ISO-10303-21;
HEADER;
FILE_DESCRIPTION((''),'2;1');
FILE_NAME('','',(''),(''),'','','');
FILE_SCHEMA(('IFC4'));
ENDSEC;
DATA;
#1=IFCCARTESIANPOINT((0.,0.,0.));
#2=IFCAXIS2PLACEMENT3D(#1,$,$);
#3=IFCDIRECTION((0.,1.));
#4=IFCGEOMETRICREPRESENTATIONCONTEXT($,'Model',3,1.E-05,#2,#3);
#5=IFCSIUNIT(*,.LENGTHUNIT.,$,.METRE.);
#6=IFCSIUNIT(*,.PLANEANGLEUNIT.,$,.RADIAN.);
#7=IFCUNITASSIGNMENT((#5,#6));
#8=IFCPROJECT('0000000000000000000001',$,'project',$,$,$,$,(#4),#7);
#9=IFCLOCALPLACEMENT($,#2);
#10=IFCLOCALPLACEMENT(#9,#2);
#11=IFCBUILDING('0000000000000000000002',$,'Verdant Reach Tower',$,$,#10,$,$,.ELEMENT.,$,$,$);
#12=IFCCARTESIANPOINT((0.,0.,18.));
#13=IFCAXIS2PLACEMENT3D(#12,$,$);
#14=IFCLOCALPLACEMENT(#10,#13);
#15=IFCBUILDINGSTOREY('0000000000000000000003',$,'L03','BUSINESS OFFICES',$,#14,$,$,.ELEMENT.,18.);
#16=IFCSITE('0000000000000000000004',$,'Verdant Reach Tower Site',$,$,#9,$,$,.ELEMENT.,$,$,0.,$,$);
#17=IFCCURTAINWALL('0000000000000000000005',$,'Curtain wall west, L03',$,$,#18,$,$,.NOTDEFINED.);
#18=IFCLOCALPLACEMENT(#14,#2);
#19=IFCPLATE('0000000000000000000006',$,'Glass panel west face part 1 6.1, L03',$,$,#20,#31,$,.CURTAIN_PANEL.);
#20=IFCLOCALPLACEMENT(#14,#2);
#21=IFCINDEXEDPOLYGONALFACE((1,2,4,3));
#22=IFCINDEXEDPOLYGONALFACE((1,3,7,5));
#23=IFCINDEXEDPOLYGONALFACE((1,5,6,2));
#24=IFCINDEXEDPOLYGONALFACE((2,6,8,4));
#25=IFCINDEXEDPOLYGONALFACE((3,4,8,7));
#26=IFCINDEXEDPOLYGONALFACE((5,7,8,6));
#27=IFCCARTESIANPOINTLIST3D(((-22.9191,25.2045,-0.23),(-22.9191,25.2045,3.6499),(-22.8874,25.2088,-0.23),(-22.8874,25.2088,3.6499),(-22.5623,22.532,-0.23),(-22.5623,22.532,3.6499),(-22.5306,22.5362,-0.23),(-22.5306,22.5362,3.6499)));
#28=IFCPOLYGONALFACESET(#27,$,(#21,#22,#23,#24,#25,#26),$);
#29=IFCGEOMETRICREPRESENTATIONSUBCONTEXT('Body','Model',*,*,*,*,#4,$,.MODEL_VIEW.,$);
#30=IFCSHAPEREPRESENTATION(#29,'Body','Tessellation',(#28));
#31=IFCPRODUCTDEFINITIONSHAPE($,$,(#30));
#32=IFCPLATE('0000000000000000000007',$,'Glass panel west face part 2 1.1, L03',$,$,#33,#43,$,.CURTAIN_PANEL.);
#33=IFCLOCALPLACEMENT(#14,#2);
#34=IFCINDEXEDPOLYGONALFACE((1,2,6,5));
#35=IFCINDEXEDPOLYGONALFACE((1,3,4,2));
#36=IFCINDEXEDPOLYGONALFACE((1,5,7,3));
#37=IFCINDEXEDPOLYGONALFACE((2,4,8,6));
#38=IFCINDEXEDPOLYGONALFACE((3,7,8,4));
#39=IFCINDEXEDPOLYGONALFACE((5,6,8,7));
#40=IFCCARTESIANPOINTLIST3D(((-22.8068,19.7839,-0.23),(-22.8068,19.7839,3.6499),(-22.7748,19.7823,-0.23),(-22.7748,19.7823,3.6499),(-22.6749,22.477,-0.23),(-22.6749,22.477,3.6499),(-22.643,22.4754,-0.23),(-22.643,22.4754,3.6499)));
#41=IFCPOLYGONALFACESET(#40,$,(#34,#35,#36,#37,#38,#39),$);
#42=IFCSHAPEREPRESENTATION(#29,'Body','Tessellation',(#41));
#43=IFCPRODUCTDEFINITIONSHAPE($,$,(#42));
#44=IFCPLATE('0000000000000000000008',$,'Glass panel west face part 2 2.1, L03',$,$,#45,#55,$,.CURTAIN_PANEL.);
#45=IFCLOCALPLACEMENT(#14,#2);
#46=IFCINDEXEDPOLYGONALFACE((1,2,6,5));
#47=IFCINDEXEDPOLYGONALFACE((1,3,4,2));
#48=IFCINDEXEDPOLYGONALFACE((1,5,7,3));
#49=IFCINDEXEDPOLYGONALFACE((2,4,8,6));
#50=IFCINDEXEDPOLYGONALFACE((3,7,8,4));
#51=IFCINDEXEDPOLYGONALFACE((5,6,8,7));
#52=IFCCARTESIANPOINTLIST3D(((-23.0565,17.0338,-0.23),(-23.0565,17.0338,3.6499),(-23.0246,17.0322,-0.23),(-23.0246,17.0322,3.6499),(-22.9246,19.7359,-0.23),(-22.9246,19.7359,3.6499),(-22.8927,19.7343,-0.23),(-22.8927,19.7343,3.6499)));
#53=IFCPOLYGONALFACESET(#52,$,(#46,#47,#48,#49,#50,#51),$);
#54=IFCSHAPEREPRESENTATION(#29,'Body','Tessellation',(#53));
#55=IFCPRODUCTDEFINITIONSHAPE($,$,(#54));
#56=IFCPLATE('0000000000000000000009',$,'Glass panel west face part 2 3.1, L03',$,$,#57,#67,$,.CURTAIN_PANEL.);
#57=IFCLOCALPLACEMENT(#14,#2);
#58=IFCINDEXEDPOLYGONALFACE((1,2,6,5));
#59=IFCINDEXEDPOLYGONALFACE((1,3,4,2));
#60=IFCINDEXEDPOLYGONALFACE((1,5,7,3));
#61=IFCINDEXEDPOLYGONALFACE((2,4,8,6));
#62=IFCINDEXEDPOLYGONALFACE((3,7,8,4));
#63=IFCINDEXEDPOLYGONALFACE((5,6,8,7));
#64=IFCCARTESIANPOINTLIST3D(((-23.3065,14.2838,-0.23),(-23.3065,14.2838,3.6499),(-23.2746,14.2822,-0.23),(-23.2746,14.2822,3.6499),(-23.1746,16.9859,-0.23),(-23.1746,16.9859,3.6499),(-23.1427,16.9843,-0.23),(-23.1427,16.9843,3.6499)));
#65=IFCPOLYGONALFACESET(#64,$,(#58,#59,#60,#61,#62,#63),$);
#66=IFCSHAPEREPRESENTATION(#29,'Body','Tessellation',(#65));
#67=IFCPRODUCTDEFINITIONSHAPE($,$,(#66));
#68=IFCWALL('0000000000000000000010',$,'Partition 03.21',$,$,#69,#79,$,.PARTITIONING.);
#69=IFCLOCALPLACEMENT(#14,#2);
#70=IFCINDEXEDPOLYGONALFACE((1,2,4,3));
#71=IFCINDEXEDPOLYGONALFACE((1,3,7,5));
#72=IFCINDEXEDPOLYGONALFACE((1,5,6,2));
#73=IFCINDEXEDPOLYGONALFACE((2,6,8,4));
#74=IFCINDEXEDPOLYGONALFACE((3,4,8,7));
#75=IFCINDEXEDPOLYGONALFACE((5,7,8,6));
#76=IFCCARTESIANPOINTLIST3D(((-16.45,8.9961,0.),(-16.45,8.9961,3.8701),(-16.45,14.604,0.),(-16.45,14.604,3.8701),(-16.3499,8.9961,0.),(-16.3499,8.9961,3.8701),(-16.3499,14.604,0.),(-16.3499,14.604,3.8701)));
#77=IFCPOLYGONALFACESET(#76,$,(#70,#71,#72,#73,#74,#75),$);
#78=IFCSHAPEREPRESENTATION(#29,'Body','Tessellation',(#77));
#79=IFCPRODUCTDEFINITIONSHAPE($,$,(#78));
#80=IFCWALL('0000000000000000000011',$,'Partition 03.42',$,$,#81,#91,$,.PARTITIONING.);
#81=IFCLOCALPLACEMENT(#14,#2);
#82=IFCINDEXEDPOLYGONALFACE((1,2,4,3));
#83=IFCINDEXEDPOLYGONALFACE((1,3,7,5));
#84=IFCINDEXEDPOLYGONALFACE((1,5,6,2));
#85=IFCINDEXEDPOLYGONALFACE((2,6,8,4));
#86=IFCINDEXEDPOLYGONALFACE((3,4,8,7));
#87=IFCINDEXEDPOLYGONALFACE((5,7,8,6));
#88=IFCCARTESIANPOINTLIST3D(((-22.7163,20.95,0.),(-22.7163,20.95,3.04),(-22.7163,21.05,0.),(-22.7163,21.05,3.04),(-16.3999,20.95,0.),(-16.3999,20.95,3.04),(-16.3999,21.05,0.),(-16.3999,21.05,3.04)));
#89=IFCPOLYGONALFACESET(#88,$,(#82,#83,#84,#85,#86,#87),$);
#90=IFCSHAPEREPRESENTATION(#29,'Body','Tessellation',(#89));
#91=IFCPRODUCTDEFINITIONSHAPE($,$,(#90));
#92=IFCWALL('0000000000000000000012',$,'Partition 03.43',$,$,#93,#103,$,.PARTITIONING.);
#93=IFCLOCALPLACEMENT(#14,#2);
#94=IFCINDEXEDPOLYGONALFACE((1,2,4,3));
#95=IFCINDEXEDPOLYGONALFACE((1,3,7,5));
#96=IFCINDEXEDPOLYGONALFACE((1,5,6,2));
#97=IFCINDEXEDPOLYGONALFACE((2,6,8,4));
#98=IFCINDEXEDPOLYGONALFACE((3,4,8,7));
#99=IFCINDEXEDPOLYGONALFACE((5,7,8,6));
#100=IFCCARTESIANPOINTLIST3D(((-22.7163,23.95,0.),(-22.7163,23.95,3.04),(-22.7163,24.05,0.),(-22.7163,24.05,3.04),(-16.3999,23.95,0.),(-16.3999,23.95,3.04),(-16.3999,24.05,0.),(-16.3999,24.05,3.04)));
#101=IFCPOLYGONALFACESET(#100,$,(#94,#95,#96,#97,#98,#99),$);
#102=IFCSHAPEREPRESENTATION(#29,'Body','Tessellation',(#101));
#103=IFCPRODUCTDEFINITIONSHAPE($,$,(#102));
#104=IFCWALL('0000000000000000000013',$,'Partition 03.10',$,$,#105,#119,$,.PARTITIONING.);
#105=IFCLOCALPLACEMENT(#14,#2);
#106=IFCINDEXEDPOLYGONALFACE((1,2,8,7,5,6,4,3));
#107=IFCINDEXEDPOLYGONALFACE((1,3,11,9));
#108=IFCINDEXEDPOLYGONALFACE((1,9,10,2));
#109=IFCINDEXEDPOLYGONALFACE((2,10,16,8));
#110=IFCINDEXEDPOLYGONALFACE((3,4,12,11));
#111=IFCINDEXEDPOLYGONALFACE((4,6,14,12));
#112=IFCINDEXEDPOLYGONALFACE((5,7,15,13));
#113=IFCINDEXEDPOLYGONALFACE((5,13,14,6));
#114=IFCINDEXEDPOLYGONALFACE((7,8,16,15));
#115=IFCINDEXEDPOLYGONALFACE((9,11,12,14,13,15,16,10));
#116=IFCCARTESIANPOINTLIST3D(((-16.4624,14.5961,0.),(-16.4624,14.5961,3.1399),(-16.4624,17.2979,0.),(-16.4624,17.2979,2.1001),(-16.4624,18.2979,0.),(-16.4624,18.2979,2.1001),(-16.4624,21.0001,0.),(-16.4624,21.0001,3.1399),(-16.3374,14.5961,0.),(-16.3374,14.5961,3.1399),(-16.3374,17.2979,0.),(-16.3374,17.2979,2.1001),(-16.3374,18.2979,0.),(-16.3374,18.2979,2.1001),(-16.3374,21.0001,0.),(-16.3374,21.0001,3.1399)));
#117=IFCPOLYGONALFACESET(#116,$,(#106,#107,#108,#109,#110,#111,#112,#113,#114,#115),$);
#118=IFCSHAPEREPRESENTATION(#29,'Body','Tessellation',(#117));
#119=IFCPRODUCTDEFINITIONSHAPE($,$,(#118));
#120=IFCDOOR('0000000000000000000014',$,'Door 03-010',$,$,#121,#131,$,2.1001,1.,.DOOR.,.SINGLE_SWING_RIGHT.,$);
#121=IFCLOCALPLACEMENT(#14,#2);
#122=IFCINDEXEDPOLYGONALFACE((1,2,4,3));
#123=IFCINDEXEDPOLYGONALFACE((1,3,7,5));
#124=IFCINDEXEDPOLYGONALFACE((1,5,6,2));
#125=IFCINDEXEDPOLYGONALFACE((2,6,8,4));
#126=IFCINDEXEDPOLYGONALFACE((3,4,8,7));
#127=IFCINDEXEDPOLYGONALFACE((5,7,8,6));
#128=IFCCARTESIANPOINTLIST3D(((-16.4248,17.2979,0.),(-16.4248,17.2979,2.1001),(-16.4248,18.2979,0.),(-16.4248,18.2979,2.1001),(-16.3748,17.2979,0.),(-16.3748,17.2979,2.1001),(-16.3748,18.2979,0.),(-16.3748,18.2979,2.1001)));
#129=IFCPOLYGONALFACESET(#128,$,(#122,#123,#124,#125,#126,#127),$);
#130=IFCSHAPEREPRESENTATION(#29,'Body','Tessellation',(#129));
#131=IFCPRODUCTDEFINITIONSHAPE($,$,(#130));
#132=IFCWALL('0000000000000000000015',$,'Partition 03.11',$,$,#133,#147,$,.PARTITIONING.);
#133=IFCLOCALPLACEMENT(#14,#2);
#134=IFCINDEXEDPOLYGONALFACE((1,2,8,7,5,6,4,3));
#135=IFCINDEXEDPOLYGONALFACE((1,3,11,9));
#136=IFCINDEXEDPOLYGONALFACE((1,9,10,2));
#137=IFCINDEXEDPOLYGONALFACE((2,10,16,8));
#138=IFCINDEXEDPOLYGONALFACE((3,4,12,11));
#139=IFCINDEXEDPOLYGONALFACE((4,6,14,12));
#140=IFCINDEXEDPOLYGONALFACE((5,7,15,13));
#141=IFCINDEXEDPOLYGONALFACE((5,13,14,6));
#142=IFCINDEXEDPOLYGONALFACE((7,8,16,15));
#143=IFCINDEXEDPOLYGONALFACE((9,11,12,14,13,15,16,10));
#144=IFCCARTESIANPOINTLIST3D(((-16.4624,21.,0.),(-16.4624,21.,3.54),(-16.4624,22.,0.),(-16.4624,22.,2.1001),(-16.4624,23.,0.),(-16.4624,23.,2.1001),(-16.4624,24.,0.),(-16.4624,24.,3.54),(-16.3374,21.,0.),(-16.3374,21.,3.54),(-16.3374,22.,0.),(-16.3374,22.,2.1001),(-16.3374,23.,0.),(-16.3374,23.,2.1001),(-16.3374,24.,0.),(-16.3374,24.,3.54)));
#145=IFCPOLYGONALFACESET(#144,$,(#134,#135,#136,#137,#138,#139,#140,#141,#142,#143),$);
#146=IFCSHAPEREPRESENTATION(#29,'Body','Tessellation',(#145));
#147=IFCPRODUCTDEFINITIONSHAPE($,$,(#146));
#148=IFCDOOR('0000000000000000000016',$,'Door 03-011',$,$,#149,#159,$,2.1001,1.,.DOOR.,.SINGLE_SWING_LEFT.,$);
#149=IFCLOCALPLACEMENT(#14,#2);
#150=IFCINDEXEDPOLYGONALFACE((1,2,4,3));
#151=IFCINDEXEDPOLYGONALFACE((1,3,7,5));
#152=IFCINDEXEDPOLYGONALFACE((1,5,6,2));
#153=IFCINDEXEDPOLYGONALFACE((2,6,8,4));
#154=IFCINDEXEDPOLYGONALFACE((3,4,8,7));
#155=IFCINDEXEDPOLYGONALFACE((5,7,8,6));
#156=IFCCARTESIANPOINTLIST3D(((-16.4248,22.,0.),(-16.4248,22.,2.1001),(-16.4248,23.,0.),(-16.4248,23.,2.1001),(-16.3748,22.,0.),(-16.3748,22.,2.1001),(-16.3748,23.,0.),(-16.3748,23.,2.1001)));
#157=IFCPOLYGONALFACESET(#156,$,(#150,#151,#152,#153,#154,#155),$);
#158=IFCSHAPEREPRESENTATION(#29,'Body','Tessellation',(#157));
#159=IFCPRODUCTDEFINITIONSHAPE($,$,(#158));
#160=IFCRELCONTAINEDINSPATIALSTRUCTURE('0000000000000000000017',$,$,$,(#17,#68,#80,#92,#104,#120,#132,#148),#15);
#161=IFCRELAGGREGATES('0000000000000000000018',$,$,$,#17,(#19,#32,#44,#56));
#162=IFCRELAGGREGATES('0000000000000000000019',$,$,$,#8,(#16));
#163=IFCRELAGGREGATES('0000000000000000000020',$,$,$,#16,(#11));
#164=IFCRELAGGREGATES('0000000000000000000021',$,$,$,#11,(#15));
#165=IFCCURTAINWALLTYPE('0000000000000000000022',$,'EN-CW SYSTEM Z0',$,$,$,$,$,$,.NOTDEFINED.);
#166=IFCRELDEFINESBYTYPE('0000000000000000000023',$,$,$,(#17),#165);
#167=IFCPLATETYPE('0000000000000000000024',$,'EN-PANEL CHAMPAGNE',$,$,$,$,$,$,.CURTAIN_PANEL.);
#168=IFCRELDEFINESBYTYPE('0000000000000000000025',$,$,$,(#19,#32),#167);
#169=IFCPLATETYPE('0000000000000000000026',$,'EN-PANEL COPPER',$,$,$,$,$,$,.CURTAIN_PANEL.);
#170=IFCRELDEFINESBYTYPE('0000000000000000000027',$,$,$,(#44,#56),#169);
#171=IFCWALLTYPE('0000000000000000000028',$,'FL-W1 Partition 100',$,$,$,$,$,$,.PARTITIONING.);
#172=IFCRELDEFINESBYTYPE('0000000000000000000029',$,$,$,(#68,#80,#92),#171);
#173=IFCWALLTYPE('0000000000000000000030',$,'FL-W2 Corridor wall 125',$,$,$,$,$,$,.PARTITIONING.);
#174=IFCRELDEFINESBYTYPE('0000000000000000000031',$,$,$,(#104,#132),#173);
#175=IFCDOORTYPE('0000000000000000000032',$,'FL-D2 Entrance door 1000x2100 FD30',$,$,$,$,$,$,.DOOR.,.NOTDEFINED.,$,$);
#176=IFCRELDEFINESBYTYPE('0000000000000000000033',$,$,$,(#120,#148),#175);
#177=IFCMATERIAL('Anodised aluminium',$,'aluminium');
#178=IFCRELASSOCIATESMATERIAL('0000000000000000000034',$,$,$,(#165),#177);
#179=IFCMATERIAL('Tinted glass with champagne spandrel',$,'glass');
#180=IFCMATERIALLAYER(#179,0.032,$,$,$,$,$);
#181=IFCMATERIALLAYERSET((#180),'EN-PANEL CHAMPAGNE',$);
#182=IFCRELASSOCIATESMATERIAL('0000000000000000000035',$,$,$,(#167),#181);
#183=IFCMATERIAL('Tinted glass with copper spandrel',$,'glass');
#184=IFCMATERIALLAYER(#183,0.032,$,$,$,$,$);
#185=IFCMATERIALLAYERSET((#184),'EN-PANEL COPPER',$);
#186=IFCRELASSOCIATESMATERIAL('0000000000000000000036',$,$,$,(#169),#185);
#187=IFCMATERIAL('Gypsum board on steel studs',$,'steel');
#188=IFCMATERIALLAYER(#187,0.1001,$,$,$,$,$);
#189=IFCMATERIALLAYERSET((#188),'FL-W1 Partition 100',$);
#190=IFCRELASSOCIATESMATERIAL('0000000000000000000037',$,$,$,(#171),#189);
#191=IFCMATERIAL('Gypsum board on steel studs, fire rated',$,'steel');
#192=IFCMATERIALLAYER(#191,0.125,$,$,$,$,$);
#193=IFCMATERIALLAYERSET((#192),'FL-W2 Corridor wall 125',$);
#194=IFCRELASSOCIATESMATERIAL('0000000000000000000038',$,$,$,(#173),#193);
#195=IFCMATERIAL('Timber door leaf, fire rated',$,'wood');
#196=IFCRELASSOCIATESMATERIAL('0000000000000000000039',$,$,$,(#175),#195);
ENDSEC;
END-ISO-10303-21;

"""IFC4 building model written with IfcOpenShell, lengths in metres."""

from ifc_helpers import new_model, si_unit, direction, frame, frame_2d, origin, origin_2d, place, context, subcontext, project, spatial, rectangle, extrude, material, layer, layer_set, type_object, element, fill, aggregate, save


model = new_model("IFC4")

# Units and contexts
model_context = context("Model", 3, precision=1e-05, world=origin(), true_north=direction((0.0, 1.0)))
body_context = subcontext(model_context, "Body", "Model", "MODEL_VIEW")
ifc_project = project(units=[si_unit("LENGTHUNIT", "METRE"), si_unit("PLANEANGLEUNIT", "RADIAN")], contexts=[model_context])

# Site, building, storey
site_placement = place(None, origin())
site = spatial("IfcSite", under=ifc_project, at=site_placement, Name="Verdant Reach Tower Site", CompositionType="ELEMENT", RefElevation=0.0)
building_placement = place(site_placement, origin())
building = spatial("IfcBuilding", under=site, at=building_placement, Name="Verdant Reach Tower", CompositionType="ELEMENT")
storey_placement = place(building_placement, frame((0.0, 0.0, 18.0)))
storey = spatial("IfcBuildingStorey", under=building, at=storey_placement, Name="L03", Description="BUSINESS OFFICES", CompositionType="ELEMENT", Elevation=18.0)

# Curtain wall
ifc_material_1 = material(Name="Anodised aluminium", Category="aluminium")
curtain_wall_type = type_object("IfcCurtainWallType", Name="EN-CW SYSTEM Z0", PredefinedType="NOTDEFINED", material=ifc_material_1)
curtain_wall_placement = place(storey_placement, origin())
curtain_wall = element("IfcCurtainWall", 1, at=curtain_wall_placement, inside=storey, type_object=curtain_wall_type, Name="Curtain wall west, L03", PredefinedType="NOTDEFINED")

# Plates
ifc_material_2 = material(Name="Tinted glass with champagne spandrel", Category="glass")
ifc_layer_1 = layer(ifc_material_2, 0.032)
ifc_layer_set_1 = layer_set([ifc_layer_1], Name="EN-PANEL CHAMPAGNE")
plate_type_1 = type_object("IfcPlateType", Name="EN-PANEL CHAMPAGNE", PredefinedType="CURTAIN_PANEL", material=ifc_layer_set_1)
plate_1_placement = place(storey_placement, frame((-22.7249, 23.8704, -0.23), z_axis=(0.0, 0.0, 1.0), x_axis=(0.132308, -0.991209, 0.0)))
plate_1 = element("IfcPlate", 2, at=plate_1_placement, type_object=plate_type_1, Name="Glass panel west face part 1 6.1, L03", PredefinedType="CURTAIN_PANEL", context=body_context, shape_type="SweptSolid", body=[
    extrude(rectangle(XDim=2.6963, YDim=0.032, at=origin_2d()), origin(), (0.0, 0.0, 1.0), 3.8799),
])
plate_2_placement = place(storey_placement, frame((-22.7249, 21.1296, -0.23), z_axis=(0.0, 0.0, 1.0), x_axis=(-0.048902, -0.998804, 0.0)))
plate_2 = element("IfcPlate", 3, at=plate_2_placement, type_object=plate_type_1, Name="Glass panel west face part 2 1.1, L03", PredefinedType="CURTAIN_PANEL", context=body_context, shape_type="SweptSolid", body=[
    extrude(rectangle(XDim=2.6963, YDim=0.032, at=origin_2d()), origin(), (0.0, 0.0, 1.0), 3.8799),
])
ifc_material_3 = material(Name="Tinted glass with copper spandrel", Category="glass")
ifc_layer_2 = layer(ifc_material_3, 0.032)
ifc_layer_set_2 = layer_set([ifc_layer_2], Name="EN-PANEL COPPER")
plate_type_2 = type_object("IfcPlateType", Name="EN-PANEL COPPER", PredefinedType="CURTAIN_PANEL", material=ifc_layer_set_2)
plate_3_placement = place(storey_placement, frame((-22.9746, 18.384, -0.23), z_axis=(0.0, 0.0, 1.0), x_axis=(-0.048753, -0.998811, 0.0)))
plate_3 = element("IfcPlate", 4, at=plate_3_placement, type_object=plate_type_2, Name="Glass panel west face part 2 2.1, L03", PredefinedType="CURTAIN_PANEL", context=body_context, shape_type="SweptSolid", body=[
    extrude(rectangle(XDim=2.7053, YDim=0.032, at=origin_2d()), origin(), (0.0, 0.0, 1.0), 3.8799),
])
plate_4_placement = place(storey_placement, frame((-23.2246, 15.634, -0.23), z_axis=(0.0, 0.0, 1.0), x_axis=(-0.048753, -0.998811, 0.0)))
plate_4 = element("IfcPlate", 5, at=plate_4_placement, type_object=plate_type_2, Name="Glass panel west face part 2 3.1, L03", PredefinedType="CURTAIN_PANEL", context=body_context, shape_type="SweptSolid", body=[
    extrude(rectangle(XDim=2.7053, YDim=0.032, at=origin_2d()), origin(), (0.0, 0.0, 1.0), 3.8799),
])
aggregate(curtain_wall, [plate_1, plate_2, plate_3, plate_4])

# Walls
ifc_material_4 = material(Name="Gypsum board on steel studs", Category="steel")
ifc_layer_3 = layer(ifc_material_4, 0.1001)
ifc_layer_set_3 = layer_set([ifc_layer_3], Name="FL-W1 Partition 100")
wall_type_1 = type_object("IfcWallType", Name="FL-W1 Partition 100", PredefinedType="PARTITIONING", material=ifc_layer_set_3)
wall_1_placement = place(storey_placement, frame((-16.3999, 14.604, 0.0), z_axis=(0.0, 0.0, 1.0), x_axis=(0.0, -1.0, 0.0)))
element("IfcWall", 6, at=wall_1_placement, inside=storey, type_object=wall_type_1, Name="Partition 03.21", PredefinedType="PARTITIONING", context=body_context, shape_type="SweptSolid", body=[
    extrude(rectangle(XDim=5.6079, YDim=0.1001, at=frame_2d((2.804, 0.0))), origin(), (0.0, 0.0, 1.0), 3.8701),
])
for number, where, z_axis, x_axis, name in (
    (7, (-16.3999, 21.0, 0.0), (0.0, 0.0, 1.0), (-1.0, 0.0, 0.0), "Partition 03.42"),
    (8, (-16.3999, 24.0, 0.0), (0.0, 0.0, 1.0), (-1.0, 0.0, 0.0), "Partition 03.43"),
):
    element("IfcWall", number, at=place(storey_placement, frame(where, z_axis=z_axis, x_axis=x_axis)), inside=storey, type_object=wall_type_1, Name=name, PredefinedType="PARTITIONING", context=body_context, shape_type="SweptSolid", body=[
        extrude(rectangle(XDim=6.3164, YDim=0.1001, at=frame_2d((3.1582, 0.0))), origin(), (0.0, 0.0, 1.0), 3.04),
    ])

# Walls, openings, doors
ifc_material_5 = material(Name="Gypsum board on steel studs, fire rated", Category="steel")
ifc_layer_4 = layer(ifc_material_5, 0.125)
ifc_layer_set_4 = layer_set([ifc_layer_4], Name="FL-W2 Corridor wall 125")
wall_type_2 = type_object("IfcWallType", Name="FL-W2 Corridor wall 125", PredefinedType="PARTITIONING", material=ifc_layer_set_4)
wall_2_placement = place(storey_placement, frame((-16.3999, 14.5959, 0.0), z_axis=(0.0, 0.0, 1.0), x_axis=(0.0, 1.0, 0.0)))
wall_2 = element("IfcWall", 9, at=wall_2_placement, inside=storey, type_object=wall_type_2, Name="Partition 03.10", PredefinedType="PARTITIONING", context=body_context, shape_type="SweptSolid", body=[
    extrude(rectangle(XDim=6.4041, YDim=0.125, at=frame_2d((3.2021, 0.0))), origin(), (0.0, 0.0, 1.0), 3.1399),
])
opening_1_placement = place(wall_2_placement, frame((2.7019, 0.0, 0.0)))
opening_1 = element("IfcOpeningElement", 10, at=opening_1_placement, cuts=wall_2, PredefinedType="OPENING", context=body_context, shape_type="SweptSolid", body=[
    extrude(rectangle(XDim=1.0, YDim=2.1001, at=frame_2d((0.5, 1.05))), frame((0.0, 0.0725, 0.0), z_axis=(0.0, -1.0, 0.0), x_axis=(1.0, 0.0, 0.0)), (0.0, 0.0, 1.0), 0.145),
])
ifc_material_6 = material(Name="Timber door leaf, fire rated", Category="wood")
door_type = type_object("IfcDoorType", Name="FL-D2 Entrance door 1000x2100 FD30", OperationType="NOTDEFINED", PredefinedType="DOOR", material=ifc_material_6)
door_1_placement = place(opening_1_placement, origin())
door_1 = element("IfcDoor", 11, at=door_1_placement, inside=storey, type_object=door_type, Name="Door 03-010", OperationType="SINGLE_SWING_RIGHT", OverallHeight=2.1001, OverallWidth=1.0, PredefinedType="DOOR", context=body_context, shape_type="SweptSolid", body=[
    extrude(rectangle(XDim=1.0, YDim=2.1001, at=frame_2d((0.5, 1.05))), frame((0.0, 0.0249, 0.0), z_axis=(0.0, -1.0, 0.0), x_axis=(1.0, 0.0, 0.0)), (0.0, 0.0, 1.0), 0.05),
])
fill(opening_1, door_1)
wall_3_placement = place(storey_placement, frame((-16.3999, 21.0, 0.0), z_axis=(0.0, 0.0, 1.0), x_axis=(0.0, 1.0, 0.0)))
wall_3 = element("IfcWall", 12, at=wall_3_placement, inside=storey, type_object=wall_type_2, Name="Partition 03.11", PredefinedType="PARTITIONING", context=body_context, shape_type="SweptSolid", body=[
    extrude(rectangle(XDim=3.0, YDim=0.125, at=frame_2d((1.5, 0.0))), origin(), (0.0, 0.0, 1.0), 3.54),
])
opening_2_placement = place(wall_3_placement, frame((1.0, 0.0, 0.0)))
opening_2 = element("IfcOpeningElement", 13, at=opening_2_placement, cuts=wall_3, PredefinedType="OPENING", context=body_context, shape_type="SweptSolid", body=[
    extrude(rectangle(XDim=1.0, YDim=2.1001, at=frame_2d((0.5, 1.05))), frame((0.0, 0.0725, 0.0), z_axis=(0.0, -1.0, 0.0), x_axis=(1.0, 0.0, 0.0)), (0.0, 0.0, 1.0), 0.145),
])
door_2_placement = place(opening_2_placement, origin())
door_2 = element("IfcDoor", 14, at=door_2_placement, inside=storey, type_object=door_type, Name="Door 03-011", OperationType="SINGLE_SWING_LEFT", OverallHeight=2.1001, OverallWidth=1.0, PredefinedType="DOOR", context=body_context, shape_type="SweptSolid", body=[
    extrude(rectangle(XDim=1.0, YDim=2.1001, at=frame_2d((0.5, 1.05))), frame((0.0, 0.0249, 0.0), z_axis=(0.0, -1.0, 0.0), x_axis=(1.0, 0.0, 0.0)), (0.0, 0.0, 1.0), 0.05),
])
fill(opening_2, door_2)

save(model, "model.ifc")
